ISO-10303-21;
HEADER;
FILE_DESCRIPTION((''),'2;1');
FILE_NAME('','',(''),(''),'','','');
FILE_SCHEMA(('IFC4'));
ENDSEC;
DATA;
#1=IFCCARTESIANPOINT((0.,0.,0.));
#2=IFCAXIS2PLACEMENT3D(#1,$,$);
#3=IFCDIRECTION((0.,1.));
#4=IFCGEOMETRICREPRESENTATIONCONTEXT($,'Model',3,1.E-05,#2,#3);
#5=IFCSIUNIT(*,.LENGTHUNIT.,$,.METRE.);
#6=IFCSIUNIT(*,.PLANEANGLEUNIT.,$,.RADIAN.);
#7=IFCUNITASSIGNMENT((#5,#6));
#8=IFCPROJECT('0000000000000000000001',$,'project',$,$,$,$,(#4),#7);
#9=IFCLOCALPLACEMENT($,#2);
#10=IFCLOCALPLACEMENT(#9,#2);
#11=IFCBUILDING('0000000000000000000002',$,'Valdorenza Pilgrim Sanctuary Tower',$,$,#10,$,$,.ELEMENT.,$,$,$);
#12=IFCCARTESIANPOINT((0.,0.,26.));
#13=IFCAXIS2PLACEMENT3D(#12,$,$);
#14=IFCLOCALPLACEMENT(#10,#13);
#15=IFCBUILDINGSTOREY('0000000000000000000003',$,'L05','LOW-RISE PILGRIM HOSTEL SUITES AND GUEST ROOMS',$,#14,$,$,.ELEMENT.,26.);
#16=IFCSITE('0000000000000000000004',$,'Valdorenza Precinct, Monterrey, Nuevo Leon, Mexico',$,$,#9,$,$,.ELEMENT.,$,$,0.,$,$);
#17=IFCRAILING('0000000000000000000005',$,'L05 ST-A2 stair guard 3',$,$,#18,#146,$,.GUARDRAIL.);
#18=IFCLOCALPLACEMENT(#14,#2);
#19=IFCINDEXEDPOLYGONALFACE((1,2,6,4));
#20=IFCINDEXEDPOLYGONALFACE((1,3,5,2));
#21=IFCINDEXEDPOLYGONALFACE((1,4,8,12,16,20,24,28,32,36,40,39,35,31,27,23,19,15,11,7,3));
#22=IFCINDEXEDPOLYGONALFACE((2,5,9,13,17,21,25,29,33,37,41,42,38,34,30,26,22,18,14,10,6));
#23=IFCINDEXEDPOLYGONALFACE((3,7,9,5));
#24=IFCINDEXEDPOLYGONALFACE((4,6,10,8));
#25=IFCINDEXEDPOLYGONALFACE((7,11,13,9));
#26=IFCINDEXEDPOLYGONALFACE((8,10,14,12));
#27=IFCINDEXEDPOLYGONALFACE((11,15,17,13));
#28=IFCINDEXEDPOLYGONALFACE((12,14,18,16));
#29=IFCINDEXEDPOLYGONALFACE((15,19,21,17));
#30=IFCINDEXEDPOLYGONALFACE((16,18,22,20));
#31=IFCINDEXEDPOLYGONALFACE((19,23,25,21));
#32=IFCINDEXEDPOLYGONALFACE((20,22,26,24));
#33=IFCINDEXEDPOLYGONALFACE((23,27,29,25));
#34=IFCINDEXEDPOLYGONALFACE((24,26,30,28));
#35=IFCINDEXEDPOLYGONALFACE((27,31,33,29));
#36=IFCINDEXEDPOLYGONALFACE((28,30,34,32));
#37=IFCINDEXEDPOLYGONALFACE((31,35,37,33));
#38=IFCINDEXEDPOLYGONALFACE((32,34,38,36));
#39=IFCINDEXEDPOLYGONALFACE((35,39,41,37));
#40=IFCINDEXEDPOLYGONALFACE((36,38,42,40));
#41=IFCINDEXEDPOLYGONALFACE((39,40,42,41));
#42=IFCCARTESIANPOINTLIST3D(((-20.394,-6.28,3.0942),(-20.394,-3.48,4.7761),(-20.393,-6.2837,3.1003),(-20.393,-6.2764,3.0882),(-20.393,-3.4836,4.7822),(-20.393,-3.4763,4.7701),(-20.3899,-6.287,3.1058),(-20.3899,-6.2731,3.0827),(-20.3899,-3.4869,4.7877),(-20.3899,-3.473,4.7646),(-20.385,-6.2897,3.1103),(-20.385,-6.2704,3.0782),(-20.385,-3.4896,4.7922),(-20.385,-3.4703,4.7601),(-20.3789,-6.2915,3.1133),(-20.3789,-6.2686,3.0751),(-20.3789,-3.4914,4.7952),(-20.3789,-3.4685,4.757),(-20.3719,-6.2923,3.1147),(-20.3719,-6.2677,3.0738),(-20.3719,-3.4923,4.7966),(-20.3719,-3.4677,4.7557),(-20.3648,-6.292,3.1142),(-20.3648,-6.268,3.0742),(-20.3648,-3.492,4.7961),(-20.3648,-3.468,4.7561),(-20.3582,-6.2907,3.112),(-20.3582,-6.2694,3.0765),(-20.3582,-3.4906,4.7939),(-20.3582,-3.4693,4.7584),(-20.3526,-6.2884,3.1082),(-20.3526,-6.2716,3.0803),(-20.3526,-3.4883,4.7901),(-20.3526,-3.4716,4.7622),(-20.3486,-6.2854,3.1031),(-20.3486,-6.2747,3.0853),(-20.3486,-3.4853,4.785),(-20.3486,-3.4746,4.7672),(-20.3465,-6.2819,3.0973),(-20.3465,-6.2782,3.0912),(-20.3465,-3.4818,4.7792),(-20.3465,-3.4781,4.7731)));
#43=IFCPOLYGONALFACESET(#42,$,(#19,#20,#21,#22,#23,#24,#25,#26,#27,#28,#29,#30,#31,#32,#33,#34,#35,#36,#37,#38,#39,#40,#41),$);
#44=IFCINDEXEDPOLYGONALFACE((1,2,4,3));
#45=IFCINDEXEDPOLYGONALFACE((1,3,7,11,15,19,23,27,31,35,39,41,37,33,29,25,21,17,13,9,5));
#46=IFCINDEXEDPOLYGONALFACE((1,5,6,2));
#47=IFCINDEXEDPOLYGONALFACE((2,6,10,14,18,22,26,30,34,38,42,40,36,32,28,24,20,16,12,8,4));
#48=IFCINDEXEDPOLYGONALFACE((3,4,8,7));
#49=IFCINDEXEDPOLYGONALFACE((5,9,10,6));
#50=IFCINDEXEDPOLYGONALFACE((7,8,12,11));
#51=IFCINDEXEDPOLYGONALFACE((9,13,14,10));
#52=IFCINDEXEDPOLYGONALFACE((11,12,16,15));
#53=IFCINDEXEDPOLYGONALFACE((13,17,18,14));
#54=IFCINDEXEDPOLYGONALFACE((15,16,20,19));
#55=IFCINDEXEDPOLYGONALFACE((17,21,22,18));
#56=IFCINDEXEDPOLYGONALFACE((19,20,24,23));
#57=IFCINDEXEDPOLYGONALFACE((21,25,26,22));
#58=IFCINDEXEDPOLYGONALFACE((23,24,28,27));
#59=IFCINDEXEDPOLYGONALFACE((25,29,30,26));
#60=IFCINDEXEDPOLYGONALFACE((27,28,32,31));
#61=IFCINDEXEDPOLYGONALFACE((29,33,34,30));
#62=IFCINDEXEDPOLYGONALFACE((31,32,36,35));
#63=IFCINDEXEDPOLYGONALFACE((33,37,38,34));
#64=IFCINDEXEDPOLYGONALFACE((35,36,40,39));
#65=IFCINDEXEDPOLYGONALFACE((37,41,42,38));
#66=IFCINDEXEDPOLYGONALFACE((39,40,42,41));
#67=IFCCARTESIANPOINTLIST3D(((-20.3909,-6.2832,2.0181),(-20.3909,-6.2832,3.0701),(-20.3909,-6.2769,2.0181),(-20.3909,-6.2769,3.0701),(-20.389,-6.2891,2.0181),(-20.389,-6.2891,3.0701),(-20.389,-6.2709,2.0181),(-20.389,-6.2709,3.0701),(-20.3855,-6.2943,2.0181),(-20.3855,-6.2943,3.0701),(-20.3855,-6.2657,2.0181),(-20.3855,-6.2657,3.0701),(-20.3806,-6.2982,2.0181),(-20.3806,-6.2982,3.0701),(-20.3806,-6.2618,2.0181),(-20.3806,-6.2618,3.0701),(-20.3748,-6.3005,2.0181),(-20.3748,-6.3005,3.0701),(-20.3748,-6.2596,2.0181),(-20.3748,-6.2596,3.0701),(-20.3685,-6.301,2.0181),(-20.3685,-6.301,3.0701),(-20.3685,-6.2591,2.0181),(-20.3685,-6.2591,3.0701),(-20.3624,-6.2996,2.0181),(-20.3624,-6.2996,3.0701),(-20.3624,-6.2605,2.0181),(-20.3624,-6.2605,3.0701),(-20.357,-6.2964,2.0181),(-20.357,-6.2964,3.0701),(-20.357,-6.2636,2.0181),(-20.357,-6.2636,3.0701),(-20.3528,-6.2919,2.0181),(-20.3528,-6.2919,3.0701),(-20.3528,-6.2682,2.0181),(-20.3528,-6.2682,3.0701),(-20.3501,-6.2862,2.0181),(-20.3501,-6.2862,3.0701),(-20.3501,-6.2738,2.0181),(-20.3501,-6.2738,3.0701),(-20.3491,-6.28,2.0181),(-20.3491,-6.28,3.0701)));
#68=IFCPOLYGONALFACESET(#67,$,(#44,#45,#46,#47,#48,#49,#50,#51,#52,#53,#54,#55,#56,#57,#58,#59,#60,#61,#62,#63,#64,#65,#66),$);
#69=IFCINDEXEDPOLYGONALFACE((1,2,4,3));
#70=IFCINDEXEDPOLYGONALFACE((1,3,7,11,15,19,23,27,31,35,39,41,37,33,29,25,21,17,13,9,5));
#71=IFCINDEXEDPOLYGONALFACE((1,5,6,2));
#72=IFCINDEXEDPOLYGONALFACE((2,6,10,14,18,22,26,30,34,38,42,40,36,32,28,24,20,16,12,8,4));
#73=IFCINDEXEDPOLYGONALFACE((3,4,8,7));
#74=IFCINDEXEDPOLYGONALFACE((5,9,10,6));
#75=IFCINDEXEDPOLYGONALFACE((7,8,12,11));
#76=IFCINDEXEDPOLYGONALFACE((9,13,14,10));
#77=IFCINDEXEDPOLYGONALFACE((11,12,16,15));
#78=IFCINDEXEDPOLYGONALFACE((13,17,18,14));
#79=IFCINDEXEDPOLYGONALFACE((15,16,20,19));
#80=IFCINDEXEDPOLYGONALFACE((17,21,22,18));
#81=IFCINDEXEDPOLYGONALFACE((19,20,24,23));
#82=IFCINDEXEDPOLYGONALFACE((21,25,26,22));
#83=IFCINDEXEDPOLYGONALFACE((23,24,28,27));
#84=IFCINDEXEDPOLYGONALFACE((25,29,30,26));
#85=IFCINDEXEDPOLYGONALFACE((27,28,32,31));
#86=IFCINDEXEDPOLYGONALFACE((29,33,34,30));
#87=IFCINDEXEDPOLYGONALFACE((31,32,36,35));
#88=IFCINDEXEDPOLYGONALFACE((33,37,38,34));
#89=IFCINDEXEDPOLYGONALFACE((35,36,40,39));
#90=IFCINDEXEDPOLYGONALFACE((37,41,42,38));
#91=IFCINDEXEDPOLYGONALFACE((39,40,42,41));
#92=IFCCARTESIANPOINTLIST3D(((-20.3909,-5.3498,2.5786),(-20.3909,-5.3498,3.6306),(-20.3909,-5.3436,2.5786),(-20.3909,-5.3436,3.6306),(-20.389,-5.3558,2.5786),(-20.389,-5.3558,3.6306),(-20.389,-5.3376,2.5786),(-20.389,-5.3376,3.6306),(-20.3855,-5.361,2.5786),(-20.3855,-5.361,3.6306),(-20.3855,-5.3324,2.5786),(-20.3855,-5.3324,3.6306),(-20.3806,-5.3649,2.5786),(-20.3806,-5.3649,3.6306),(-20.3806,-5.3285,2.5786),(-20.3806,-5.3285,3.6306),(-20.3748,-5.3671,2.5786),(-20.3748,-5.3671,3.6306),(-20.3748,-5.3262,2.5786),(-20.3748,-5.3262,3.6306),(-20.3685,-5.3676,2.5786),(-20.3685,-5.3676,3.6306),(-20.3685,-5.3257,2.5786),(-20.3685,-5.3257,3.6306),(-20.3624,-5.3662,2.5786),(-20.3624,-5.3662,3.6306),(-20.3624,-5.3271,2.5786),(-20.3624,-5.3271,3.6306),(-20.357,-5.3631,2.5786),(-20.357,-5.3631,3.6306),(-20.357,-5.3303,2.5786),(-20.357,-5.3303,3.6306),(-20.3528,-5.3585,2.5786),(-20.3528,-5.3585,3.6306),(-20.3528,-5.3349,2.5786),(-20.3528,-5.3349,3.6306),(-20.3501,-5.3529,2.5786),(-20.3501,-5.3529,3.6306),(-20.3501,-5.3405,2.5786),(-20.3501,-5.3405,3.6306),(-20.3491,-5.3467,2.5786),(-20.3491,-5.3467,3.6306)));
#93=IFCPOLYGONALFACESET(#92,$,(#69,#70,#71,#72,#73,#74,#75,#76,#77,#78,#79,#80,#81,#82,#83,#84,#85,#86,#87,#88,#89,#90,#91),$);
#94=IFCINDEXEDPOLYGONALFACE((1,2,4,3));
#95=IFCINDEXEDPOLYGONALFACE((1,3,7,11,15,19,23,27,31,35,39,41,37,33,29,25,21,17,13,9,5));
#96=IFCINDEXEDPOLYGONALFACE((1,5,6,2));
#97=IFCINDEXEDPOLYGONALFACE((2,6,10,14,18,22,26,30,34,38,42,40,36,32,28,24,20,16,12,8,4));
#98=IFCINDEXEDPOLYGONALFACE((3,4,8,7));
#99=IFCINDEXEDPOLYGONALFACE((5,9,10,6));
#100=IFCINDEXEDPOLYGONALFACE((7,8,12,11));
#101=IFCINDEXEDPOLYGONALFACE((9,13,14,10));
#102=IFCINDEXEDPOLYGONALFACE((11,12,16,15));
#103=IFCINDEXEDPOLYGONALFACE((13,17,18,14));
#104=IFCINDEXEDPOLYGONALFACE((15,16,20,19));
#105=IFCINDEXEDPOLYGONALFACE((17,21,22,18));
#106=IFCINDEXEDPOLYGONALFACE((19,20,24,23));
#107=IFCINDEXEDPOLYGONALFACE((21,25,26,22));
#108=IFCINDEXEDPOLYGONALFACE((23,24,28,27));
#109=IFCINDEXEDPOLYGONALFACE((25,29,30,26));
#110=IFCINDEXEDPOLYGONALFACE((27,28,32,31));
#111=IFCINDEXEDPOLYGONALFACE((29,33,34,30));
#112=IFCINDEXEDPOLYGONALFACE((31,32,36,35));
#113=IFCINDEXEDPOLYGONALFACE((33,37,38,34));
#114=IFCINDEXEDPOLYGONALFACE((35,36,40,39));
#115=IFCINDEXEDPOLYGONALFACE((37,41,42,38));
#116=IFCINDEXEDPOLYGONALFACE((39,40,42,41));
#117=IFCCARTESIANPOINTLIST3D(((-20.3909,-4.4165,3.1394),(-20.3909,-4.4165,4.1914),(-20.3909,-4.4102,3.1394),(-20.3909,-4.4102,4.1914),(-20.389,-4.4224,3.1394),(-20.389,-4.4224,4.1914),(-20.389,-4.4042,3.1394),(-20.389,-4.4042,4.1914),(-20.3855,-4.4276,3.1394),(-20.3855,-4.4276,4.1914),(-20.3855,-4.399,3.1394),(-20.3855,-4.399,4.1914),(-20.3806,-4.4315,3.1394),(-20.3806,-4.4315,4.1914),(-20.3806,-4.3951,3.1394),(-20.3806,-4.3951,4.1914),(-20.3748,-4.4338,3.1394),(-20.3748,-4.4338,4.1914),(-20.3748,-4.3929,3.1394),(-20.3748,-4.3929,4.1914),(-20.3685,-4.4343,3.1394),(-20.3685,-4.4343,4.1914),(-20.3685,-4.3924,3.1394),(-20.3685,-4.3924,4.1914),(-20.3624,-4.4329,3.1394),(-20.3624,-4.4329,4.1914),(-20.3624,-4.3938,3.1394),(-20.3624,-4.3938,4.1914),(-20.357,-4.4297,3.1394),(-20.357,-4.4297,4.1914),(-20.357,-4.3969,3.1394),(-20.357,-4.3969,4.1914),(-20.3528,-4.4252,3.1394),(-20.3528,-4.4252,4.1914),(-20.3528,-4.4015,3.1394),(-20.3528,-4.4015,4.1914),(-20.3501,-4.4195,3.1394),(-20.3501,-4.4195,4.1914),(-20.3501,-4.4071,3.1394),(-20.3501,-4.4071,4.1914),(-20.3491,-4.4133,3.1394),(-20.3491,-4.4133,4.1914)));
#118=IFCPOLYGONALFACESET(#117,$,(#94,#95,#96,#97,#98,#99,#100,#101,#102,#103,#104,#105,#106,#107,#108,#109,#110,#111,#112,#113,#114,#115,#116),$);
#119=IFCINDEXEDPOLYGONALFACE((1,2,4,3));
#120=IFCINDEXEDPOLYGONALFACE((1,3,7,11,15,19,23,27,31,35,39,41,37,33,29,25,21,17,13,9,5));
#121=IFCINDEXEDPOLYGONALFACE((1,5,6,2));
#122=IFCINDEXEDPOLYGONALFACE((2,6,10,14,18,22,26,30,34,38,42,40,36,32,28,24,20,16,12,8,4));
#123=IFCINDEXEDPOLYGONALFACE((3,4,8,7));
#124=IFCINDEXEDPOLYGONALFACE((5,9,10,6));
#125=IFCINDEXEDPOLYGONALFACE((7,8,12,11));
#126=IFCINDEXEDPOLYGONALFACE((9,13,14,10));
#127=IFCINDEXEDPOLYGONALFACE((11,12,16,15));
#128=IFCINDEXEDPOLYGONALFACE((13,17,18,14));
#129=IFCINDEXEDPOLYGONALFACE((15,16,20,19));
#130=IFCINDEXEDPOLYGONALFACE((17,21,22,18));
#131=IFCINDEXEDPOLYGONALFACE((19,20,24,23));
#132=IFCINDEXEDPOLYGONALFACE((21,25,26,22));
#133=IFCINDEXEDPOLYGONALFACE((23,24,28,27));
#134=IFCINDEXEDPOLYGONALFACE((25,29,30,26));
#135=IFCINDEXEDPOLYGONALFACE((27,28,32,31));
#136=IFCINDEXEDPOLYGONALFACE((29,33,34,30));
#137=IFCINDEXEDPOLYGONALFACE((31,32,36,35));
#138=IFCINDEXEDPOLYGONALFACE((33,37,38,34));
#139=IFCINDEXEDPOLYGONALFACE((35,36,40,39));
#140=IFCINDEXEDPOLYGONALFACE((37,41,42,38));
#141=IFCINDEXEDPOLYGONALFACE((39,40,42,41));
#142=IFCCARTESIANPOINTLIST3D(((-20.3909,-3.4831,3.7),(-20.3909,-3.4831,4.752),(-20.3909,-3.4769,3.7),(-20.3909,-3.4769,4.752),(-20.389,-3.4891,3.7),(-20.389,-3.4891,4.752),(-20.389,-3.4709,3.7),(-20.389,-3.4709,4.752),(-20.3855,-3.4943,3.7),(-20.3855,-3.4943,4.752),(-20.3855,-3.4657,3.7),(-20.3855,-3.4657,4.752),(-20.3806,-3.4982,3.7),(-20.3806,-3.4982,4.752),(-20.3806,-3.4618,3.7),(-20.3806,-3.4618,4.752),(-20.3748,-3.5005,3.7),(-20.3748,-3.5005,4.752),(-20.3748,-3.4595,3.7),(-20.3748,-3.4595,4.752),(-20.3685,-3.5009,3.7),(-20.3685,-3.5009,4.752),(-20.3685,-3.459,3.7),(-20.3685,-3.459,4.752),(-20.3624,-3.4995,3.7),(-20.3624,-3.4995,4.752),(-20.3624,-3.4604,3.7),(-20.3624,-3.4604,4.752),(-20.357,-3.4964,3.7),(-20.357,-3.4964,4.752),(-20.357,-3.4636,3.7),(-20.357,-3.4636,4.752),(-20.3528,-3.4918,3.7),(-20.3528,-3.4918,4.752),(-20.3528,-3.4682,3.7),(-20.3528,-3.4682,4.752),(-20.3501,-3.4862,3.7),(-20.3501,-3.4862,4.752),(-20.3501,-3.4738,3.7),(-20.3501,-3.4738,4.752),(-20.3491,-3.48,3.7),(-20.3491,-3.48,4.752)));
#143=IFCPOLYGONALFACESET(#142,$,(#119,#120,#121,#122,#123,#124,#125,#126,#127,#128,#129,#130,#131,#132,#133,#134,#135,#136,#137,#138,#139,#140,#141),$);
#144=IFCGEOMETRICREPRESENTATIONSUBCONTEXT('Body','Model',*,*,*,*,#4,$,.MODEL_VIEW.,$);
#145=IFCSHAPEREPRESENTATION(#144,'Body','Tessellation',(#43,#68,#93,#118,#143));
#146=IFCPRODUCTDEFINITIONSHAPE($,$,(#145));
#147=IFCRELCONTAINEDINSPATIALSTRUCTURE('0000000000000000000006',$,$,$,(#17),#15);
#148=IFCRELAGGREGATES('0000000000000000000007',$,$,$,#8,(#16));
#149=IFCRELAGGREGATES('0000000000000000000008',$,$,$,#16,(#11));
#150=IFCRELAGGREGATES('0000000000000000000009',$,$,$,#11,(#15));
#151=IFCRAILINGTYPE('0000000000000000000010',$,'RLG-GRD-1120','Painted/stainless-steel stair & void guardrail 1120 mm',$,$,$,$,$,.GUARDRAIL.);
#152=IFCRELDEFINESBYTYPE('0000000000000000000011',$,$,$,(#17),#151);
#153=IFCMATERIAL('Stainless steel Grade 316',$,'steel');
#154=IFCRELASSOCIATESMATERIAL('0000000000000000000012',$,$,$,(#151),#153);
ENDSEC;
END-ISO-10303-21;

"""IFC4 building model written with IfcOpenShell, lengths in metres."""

from ifc_helpers import new_model, si_unit, direction, frame, origin, origin_2d, place, context, subcontext, project, spatial, circle, extrude, material, type_object, element, save


model = new_model("IFC4")

# Units and contexts
model_context = context("Model", 3, precision=1e-05, world=origin(), true_north=direction((0.0, 1.0)))
body_context = subcontext(model_context, "Body", "Model", "MODEL_VIEW")
ifc_project = project(units=[si_unit("LENGTHUNIT", "METRE"), si_unit("PLANEANGLEUNIT", "RADIAN")], contexts=[model_context])

# Site, building, storey
site_placement = place(None, origin())
site = spatial("IfcSite", under=ifc_project, at=site_placement, Name="Valdorenza Precinct, Monterrey, Nuevo Leon, Mexico", CompositionType="ELEMENT", RefElevation=0.0)
building_placement = place(site_placement, origin())
building = spatial("IfcBuilding", under=site, at=building_placement, Name="Valdorenza Pilgrim Sanctuary Tower", CompositionType="ELEMENT")
storey_placement = place(building_placement, frame((0.0, 0.0, 26.0)))
storey = spatial("IfcBuildingStorey", under=building, at=storey_placement, Name="L05", Description="LOW-RISE PILGRIM HOSTEL SUITES AND GUEST ROOMS", CompositionType="ELEMENT", Elevation=26.0)

# Railing
ifc_material_1 = material(Name="Stainless steel Grade 316", Category="steel")
railing_type_1 = type_object("IfcRailingType", Name="RLG-GRD-1120", Description="Painted/stainless-steel stair & void guardrail 1120 mm", PredefinedType="GUARDRAIL", material=ifc_material_1)
railing_1_placement = place(storey_placement, frame((-20.3701, -6.28, 2.0181)))
element("IfcRailing", 1, at=railing_1_placement, inside=storey, type_object=railing_type_1, Name="L05 ST-A2 stair guard 3", PredefinedType="GUARDRAIL", context=body_context, shape_type="SweptSolid", body=[
    extrude(circle(Radius=0.0239, at=origin_2d()), frame((0.0, 0.0, 1.0762), z_axis=(0.0, 0.857242, 0.514913), x_axis=(-1.0, 0.0, 0.0)), (0.0, 0.0, 1.0), 3.2664),
    extrude(circle(Radius=0.021, at=origin_2d()), origin(), (0.0, 0.0, 1.0), 1.052),
    extrude(circle(Radius=0.021, at=origin_2d()), frame((0.0, 0.9333, 0.5605)), (0.0, 0.0, 1.0), 1.052),
    extrude(circle(Radius=0.021, at=origin_2d()), frame((0.0, 1.8667, 1.1213)), (0.0, 0.0, 1.0), 1.052),
    extrude(circle(Radius=0.021, at=origin_2d()), frame((0.0, 2.8, 1.6819)), (0.0, 0.0, 1.0), 1.052),
])

save(model, "model.ifc")
